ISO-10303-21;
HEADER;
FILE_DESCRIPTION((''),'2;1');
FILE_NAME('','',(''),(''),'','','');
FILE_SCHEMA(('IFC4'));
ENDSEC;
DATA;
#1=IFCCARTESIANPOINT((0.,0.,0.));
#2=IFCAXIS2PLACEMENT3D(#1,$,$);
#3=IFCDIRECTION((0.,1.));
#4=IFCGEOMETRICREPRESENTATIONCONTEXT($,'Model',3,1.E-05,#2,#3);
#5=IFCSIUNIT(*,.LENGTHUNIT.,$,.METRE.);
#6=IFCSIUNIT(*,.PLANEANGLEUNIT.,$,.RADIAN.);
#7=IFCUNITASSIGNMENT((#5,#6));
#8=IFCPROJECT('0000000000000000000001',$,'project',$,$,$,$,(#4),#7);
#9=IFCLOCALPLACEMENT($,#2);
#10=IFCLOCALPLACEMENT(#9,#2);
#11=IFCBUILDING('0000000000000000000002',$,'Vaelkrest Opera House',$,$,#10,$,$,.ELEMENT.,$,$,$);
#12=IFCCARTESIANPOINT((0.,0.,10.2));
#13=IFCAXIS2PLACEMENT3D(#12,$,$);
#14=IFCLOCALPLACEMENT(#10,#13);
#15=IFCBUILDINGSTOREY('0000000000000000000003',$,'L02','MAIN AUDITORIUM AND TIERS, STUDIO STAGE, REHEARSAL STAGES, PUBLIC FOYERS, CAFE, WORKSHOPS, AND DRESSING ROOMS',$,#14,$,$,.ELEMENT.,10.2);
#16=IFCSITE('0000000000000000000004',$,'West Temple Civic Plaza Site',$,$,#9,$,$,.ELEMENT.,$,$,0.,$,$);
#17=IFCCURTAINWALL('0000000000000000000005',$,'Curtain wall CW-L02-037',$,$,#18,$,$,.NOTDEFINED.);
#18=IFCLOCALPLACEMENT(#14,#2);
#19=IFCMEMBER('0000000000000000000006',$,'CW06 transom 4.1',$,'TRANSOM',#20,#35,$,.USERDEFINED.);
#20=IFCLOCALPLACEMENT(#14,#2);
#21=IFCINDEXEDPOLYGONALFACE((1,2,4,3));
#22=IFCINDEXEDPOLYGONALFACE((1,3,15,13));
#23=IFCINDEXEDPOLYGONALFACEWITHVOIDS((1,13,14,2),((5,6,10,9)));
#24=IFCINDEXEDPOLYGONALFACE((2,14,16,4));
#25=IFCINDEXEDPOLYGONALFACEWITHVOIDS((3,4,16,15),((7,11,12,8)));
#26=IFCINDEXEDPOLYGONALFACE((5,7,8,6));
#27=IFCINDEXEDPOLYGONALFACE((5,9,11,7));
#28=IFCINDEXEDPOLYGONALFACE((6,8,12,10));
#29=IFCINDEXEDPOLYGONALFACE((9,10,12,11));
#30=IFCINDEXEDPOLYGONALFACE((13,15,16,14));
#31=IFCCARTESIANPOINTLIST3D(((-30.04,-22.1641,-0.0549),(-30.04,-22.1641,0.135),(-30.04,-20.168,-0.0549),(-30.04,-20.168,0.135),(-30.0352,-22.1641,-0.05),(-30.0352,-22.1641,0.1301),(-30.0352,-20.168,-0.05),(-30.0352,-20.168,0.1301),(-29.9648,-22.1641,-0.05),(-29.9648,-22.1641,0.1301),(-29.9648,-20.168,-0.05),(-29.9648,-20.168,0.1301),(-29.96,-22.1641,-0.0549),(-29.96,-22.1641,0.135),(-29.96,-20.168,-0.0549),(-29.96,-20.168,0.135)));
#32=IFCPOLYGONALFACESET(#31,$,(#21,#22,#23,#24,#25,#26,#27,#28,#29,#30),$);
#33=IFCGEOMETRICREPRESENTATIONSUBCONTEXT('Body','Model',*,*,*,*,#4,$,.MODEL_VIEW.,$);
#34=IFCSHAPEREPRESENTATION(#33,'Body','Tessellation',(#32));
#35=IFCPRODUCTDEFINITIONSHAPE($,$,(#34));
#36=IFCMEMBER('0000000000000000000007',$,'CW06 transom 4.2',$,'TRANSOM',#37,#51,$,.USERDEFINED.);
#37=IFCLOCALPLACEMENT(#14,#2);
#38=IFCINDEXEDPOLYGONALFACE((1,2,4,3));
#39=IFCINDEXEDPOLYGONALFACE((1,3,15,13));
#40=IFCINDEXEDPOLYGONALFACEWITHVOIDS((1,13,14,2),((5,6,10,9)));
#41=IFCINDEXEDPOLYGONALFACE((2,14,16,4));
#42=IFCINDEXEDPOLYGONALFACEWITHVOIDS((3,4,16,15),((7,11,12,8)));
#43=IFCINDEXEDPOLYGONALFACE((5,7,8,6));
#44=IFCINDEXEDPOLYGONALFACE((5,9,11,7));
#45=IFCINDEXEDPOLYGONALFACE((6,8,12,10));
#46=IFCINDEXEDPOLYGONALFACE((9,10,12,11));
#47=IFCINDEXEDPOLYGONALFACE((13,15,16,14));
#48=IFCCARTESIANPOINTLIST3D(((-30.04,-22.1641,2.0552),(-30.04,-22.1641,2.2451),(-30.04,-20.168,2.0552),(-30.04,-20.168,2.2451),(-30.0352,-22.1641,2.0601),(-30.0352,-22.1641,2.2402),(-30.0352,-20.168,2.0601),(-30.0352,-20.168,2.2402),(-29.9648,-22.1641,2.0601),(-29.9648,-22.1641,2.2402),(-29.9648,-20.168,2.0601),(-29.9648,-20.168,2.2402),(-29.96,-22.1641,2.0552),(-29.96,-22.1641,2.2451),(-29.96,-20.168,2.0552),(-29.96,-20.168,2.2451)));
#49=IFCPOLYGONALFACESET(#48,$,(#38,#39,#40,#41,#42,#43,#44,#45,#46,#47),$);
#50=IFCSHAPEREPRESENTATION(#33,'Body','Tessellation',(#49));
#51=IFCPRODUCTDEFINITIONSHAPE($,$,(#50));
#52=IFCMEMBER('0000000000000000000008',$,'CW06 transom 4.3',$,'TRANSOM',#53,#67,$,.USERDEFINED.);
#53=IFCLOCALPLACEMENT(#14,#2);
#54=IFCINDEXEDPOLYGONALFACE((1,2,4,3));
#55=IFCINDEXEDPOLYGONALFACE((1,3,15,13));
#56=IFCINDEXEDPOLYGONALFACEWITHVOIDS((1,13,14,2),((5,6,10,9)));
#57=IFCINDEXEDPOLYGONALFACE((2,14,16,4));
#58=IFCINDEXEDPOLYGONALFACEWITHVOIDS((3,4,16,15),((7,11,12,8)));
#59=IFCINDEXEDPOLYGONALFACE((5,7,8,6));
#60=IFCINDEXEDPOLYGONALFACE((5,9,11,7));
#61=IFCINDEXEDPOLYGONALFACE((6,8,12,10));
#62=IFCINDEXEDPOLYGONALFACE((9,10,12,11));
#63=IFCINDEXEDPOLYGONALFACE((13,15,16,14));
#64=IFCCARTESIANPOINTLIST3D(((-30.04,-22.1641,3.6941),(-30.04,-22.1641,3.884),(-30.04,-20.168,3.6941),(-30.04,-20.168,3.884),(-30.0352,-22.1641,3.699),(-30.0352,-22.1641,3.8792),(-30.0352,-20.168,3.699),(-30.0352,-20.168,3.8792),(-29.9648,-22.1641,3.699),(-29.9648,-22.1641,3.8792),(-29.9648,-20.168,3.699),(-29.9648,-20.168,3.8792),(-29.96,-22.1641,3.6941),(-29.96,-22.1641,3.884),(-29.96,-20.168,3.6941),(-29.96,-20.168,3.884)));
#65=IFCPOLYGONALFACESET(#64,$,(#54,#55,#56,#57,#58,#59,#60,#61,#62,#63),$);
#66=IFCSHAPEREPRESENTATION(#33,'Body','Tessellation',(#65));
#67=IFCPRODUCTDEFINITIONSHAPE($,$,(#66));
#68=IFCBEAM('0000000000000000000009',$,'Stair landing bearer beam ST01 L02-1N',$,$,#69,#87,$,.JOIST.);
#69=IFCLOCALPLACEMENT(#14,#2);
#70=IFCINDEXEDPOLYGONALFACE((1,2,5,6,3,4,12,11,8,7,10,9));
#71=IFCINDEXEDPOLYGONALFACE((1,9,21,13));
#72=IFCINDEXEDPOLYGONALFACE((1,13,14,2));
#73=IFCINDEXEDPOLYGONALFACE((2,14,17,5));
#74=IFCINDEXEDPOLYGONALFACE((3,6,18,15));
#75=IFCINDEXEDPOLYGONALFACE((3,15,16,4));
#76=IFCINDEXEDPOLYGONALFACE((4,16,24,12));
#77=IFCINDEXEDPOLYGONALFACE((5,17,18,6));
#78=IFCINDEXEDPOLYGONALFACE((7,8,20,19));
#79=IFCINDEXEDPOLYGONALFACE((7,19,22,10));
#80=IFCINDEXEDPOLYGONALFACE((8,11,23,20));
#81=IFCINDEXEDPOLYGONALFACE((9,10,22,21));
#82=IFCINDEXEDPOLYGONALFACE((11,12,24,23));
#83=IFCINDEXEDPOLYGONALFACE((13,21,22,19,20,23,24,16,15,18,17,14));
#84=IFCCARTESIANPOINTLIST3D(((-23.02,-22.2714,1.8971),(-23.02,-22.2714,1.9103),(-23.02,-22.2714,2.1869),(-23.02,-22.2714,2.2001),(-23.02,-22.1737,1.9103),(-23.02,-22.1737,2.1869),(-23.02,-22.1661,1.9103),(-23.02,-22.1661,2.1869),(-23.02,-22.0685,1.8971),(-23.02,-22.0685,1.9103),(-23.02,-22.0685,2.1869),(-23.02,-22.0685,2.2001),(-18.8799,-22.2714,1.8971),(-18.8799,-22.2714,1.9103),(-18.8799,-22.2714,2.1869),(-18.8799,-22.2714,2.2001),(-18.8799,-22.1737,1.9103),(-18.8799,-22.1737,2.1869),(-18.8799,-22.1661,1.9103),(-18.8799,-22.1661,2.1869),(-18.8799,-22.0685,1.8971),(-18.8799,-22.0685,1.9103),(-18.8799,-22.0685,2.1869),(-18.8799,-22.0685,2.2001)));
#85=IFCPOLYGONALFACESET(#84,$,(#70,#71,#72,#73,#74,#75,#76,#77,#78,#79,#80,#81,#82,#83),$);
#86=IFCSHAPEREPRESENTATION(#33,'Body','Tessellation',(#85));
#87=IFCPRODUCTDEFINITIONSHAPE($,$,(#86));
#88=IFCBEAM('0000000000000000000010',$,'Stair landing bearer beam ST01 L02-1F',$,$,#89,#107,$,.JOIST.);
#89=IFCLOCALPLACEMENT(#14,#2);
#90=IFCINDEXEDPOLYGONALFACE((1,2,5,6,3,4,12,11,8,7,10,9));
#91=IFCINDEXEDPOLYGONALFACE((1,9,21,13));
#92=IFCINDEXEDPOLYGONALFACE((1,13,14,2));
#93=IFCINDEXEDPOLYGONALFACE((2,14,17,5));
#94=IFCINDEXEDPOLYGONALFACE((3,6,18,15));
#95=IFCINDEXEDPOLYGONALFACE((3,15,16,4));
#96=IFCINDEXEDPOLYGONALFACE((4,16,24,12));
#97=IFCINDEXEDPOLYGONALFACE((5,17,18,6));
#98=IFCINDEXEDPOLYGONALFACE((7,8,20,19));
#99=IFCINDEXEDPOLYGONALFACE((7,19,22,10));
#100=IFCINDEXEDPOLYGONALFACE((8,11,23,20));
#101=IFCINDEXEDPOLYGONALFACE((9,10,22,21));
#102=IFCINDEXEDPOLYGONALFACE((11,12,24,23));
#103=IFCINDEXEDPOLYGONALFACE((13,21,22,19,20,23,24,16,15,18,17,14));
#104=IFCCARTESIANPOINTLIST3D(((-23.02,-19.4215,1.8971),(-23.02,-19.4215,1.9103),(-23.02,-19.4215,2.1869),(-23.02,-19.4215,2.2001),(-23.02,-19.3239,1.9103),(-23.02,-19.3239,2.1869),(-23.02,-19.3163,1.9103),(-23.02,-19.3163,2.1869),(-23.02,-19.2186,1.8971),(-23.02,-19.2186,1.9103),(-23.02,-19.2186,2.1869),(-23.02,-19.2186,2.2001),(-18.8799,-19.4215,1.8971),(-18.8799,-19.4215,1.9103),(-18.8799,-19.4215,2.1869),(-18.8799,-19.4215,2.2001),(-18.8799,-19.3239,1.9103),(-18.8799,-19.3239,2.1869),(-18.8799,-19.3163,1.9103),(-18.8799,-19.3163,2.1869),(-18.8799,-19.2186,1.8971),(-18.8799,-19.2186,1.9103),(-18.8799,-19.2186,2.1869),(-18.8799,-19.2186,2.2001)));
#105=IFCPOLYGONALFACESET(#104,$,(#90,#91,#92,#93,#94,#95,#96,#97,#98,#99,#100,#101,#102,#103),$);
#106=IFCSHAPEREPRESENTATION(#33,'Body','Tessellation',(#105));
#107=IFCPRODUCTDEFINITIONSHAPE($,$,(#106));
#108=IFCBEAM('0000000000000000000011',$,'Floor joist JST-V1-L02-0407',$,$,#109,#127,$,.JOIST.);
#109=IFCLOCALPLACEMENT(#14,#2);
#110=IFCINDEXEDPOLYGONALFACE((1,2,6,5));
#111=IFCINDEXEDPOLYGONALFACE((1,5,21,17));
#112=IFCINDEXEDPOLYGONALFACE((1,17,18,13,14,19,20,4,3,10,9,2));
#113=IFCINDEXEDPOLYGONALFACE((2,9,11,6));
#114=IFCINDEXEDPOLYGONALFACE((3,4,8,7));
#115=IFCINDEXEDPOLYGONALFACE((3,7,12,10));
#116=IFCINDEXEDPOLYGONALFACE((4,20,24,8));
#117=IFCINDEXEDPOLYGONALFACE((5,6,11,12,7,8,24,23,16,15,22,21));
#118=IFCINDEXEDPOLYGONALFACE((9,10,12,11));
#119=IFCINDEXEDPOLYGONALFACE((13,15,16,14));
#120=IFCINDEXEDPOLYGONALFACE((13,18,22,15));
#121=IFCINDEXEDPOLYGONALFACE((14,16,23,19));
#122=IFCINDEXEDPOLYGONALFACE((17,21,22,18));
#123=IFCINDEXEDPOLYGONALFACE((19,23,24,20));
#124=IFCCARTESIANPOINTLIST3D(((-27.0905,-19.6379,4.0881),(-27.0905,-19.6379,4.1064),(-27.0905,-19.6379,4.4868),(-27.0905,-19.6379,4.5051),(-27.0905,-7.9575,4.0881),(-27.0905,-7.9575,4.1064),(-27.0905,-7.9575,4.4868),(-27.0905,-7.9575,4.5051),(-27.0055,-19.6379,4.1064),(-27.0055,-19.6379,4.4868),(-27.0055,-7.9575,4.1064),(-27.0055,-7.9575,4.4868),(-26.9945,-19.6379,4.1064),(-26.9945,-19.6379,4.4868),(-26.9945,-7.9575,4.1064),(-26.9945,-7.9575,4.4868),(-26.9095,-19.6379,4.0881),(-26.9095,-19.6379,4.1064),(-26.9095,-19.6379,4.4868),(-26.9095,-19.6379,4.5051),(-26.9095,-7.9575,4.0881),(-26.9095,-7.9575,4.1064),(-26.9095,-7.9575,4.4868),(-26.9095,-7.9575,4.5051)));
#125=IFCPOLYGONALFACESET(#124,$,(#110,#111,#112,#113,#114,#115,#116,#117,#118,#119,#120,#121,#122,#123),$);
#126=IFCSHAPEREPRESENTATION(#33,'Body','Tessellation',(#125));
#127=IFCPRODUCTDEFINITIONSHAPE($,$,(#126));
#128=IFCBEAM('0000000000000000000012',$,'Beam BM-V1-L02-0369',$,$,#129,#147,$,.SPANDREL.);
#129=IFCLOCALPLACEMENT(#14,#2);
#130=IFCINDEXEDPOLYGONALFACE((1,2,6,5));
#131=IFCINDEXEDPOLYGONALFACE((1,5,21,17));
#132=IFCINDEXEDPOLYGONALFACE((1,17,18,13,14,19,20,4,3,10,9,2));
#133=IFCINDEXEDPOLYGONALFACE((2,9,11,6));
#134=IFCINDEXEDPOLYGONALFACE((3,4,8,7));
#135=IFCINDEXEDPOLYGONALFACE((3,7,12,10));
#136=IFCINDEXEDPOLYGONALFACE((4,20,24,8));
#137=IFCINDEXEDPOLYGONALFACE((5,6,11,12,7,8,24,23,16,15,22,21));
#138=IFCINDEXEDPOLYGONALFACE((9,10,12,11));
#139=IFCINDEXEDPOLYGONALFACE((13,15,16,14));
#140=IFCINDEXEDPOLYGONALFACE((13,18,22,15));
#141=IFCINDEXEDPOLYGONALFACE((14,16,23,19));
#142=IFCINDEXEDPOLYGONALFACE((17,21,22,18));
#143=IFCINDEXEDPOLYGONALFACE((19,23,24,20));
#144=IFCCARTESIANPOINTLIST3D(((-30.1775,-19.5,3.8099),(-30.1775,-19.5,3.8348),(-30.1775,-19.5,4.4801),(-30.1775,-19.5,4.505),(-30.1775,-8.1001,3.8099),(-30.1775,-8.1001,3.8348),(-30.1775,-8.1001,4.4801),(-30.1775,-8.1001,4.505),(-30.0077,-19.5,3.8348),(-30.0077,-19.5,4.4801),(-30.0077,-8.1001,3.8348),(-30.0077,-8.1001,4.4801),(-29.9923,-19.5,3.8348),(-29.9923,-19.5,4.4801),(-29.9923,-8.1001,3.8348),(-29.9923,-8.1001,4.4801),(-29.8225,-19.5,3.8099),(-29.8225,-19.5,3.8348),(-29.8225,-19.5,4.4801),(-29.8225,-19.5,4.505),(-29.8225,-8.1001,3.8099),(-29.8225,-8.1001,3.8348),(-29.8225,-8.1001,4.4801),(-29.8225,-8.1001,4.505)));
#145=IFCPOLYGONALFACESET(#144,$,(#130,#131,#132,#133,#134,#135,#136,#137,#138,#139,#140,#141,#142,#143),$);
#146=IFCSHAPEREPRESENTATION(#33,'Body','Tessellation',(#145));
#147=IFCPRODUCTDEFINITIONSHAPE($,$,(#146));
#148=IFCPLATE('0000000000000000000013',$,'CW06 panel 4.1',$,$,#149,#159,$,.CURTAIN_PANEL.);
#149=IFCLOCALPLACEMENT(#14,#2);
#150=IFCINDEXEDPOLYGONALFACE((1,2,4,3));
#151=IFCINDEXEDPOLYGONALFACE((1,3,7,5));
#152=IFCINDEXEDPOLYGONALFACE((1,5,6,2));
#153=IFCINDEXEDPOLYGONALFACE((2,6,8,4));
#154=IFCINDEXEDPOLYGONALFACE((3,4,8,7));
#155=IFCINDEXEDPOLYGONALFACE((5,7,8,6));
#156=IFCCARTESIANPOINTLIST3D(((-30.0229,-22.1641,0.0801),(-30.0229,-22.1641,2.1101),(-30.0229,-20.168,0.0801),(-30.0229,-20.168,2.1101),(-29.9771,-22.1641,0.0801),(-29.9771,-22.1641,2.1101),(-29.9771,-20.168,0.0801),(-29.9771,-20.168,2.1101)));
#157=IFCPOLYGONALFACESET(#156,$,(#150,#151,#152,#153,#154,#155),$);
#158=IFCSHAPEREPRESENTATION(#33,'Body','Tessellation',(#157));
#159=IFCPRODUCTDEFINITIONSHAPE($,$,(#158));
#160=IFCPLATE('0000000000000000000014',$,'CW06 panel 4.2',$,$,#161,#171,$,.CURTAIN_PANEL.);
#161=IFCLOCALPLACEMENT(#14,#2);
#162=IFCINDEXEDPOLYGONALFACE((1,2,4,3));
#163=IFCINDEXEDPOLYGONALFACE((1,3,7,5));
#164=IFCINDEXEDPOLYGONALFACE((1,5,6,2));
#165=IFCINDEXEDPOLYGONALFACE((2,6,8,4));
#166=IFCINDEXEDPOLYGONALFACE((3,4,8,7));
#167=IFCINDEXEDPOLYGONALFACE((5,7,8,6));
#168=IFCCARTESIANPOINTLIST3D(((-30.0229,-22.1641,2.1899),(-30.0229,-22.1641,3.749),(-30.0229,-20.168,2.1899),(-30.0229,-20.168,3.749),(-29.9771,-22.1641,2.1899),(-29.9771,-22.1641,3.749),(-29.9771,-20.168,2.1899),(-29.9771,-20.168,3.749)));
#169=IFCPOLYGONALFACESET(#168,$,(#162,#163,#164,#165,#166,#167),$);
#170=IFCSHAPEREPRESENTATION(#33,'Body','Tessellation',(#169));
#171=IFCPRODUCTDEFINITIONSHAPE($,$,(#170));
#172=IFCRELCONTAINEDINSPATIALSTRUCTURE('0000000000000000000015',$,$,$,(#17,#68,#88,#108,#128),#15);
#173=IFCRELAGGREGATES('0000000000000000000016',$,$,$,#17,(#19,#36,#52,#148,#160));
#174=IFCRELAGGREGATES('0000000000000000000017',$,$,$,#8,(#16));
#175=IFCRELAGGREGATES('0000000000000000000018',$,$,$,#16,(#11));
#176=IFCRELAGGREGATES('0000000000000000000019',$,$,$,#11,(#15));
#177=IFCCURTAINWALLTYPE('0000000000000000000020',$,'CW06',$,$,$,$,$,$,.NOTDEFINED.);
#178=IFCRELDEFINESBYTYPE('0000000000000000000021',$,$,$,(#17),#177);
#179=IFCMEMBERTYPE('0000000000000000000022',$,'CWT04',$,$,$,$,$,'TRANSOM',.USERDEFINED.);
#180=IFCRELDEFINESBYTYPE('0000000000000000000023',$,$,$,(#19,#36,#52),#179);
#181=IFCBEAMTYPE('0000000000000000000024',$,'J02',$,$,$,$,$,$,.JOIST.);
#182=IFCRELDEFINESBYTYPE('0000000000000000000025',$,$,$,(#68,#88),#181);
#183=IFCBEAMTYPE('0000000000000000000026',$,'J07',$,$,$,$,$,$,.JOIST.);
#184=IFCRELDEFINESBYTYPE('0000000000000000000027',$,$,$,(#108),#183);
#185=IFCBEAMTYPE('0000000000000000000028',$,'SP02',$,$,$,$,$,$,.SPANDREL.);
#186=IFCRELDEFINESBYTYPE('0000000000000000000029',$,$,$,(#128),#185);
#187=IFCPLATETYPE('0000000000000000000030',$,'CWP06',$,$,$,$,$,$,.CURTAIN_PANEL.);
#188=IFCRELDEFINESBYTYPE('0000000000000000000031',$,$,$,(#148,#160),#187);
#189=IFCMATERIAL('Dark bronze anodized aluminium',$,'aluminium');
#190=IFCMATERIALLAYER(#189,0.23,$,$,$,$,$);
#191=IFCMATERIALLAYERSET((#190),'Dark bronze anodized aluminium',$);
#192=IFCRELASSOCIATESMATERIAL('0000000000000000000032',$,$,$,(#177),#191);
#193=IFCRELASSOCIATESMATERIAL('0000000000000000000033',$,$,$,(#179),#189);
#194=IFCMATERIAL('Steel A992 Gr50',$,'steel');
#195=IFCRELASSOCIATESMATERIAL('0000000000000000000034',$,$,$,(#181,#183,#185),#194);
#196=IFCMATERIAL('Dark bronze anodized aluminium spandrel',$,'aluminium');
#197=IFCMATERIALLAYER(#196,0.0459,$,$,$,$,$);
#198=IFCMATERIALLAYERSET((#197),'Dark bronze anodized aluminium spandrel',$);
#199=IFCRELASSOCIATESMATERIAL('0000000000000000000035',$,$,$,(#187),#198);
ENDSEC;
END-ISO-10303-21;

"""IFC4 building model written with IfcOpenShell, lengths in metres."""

from ifc_helpers import new_model, si_unit, direction, frame, origin, origin_2d, place, context, subcontext, project, spatial, rectangle, hollow_rectangle, i_section, extrude, material, layer, layer_set, material_profile, profile_set, type_object, element, aggregate, save


model = new_model("IFC4")

# Units and contexts
model_context = context("Model", 3, precision=1e-05, world=origin(), true_north=direction((0.0, 1.0)))
body_context = subcontext(model_context, "Body", "Model", "MODEL_VIEW")
ifc_project = project(units=[si_unit("LENGTHUNIT", "METRE"), si_unit("PLANEANGLEUNIT", "RADIAN")], contexts=[model_context])

# Site, building, storey
site_placement = place(None, origin())
site = spatial("IfcSite", under=ifc_project, at=site_placement, Name="West Temple Civic Plaza Site", CompositionType="ELEMENT", RefElevation=0.0)
building_placement = place(site_placement, origin())
building = spatial("IfcBuilding", under=site, at=building_placement, Name="Vaelkrest Opera House", CompositionType="ELEMENT")
storey_placement = place(building_placement, frame((0.0, 0.0, 10.2)))
storey = spatial("IfcBuildingStorey", under=building, at=storey_placement, Name="L02", Description="MAIN AUDITORIUM AND TIERS, STUDIO STAGE, REHEARSAL STAGES, PUBLIC FOYERS, CAFE, WORKSHOPS, AND DRESSING ROOMS", CompositionType="ELEMENT", Elevation=10.2)

# Shared definitions
ifc_material_1 = material(Name="Steel A992 Gr50", Category="steel")

# Curtain wall, members
ifc_material_2 = material(Name="Dark bronze anodized aluminium", Category="aluminium")
ifc_layer_1 = layer(ifc_material_2, 0.23)
ifc_layer_set_1 = layer_set([ifc_layer_1], Name="Dark bronze anodized aluminium")
curtain_wall_type = type_object("IfcCurtainWallType", Name="CW06", PredefinedType="NOTDEFINED", material=ifc_layer_set_1)
curtain_wall_placement = place(storey_placement, origin())
curtain_wall = element("IfcCurtainWall", 1, at=curtain_wall_placement, inside=storey, type_object=curtain_wall_type, Name="Curtain wall CW-L02-037", PredefinedType="NOTDEFINED")
ifc_material_profile_1 = material_profile(ifc_material_2, hollow_rectangle(XDim=0.0801, YDim=0.1899, WallThickness=0.0049, at=origin_2d()), Name="CWT80X190")
ifc_profile_set_1 = profile_set([ifc_material_profile_1], Name="Dark bronze anodized aluminium")
member_type_1 = type_object("IfcMemberType", Name="CWT04", ElementType="TRANSOM", PredefinedType="USERDEFINED", material=ifc_profile_set_1)
member_1_placement = place(storey_placement, frame((-30.0, -22.1641, 0.04), z_axis=(0.0, 1.0, 0.0), x_axis=(-1.0, 0.0, 0.0)))
member_1 = element("IfcMember", 2, at=member_1_placement, type_object=member_type_1, Name="CW06 transom 4.1", ObjectType="TRANSOM", PredefinedType="USERDEFINED", context=body_context, shape_type="SweptSolid", body=[
    extrude(hollow_rectangle(XDim=0.0801, YDim=0.1899, WallThickness=0.0049, at=origin_2d()), origin(), (0.0, 0.0, 1.0), 1.9961),
])
member_2_placement = place(storey_placement, frame((-30.0, -22.1641, 2.1501), z_axis=(0.0, 1.0, 0.0), x_axis=(-1.0, 0.0, 0.0)))
member_2 = element("IfcMember", 3, at=member_2_placement, type_object=member_type_1, Name="CW06 transom 4.2", ObjectType="TRANSOM", PredefinedType="USERDEFINED", context=body_context, shape_type="SweptSolid", body=[
    extrude(hollow_rectangle(XDim=0.0801, YDim=0.1899, WallThickness=0.0049, at=origin_2d()), origin(), (0.0, 0.0, 1.0), 1.9961),
])
member_3_placement = place(storey_placement, frame((-30.0, -22.1641, 3.7891), z_axis=(0.0, 1.0, 0.0), x_axis=(-1.0, 0.0, 0.0)))
member_3 = element("IfcMember", 4, at=member_3_placement, type_object=member_type_1, Name="CW06 transom 4.3", ObjectType="TRANSOM", PredefinedType="USERDEFINED", context=body_context, shape_type="SweptSolid", body=[
    extrude(hollow_rectangle(XDim=0.0801, YDim=0.1899, WallThickness=0.0049, at=origin_2d()), origin(), (0.0, 0.0, 1.0), 1.9961),
])

# Beams
ifc_material_profile_2 = material_profile(ifc_material_1, i_section(OverallWidth=0.2029, OverallDepth=0.303, WebThickness=0.0076, FlangeThickness=0.0132, at=origin_2d()), Name="W12X40")
ifc_profile_set_2 = profile_set([ifc_material_profile_2], Name="Steel A992 Gr50")
beam_type_1 = type_object("IfcBeamType", Name="J02", PredefinedType="JOIST", material=ifc_profile_set_2)
for number, where, z_axis, x_axis, name in (
    (5, (-23.02, -22.1699, 2.0486), (1.0, 0.0, 0.0), (0.0, 1.0, 0.0), "Stair landing bearer beam ST01 L02-1N"),
    (6, (-23.02, -19.3201, 2.0486), (1.0, 0.0, 0.0), (0.0, 1.0, 0.0), "Stair landing bearer beam ST01 L02-1F"),
):
    element("IfcBeam", number, at=place(storey_placement, frame(where, z_axis=z_axis, x_axis=x_axis)), inside=storey, type_object=beam_type_1, Name=name, PredefinedType="JOIST", context=body_context, shape_type="SweptSolid", body=[
        extrude(i_section(OverallWidth=0.2029, OverallDepth=0.303, WebThickness=0.0076, FlangeThickness=0.0132, at=origin_2d()), origin(), (0.0, 0.0, 1.0), 4.1401),
    ])
ifc_material_profile_3 = material_profile(ifc_material_1, i_section(OverallWidth=0.1809, OverallDepth=0.417, WebThickness=0.011, FlangeThickness=0.0183, at=origin_2d()), Name="W16X57")
ifc_profile_set_3 = profile_set([ifc_material_profile_3], Name="Steel A992 Gr50")
beam_type_2 = type_object("IfcBeamType", Name="J07", PredefinedType="JOIST", material=ifc_profile_set_3)
beam_1_placement = place(storey_placement, frame((-27.0, -19.6379, 4.2966), z_axis=(0.0, 1.0, 0.0), x_axis=(-1.0, 0.0, 0.0)))
element("IfcBeam", 7, at=beam_1_placement, inside=storey, type_object=beam_type_2, Name="Floor joist JST-V1-L02-0407", PredefinedType="JOIST", context=body_context, shape_type="SweptSolid", body=[
    extrude(i_section(OverallWidth=0.1809, OverallDepth=0.417, WebThickness=0.011, FlangeThickness=0.0183, at=origin_2d()), origin(), (0.0, 0.0, 1.0), 11.6804),
])
ifc_material_profile_4 = material_profile(ifc_material_1, i_section(OverallWidth=0.355, OverallDepth=0.6951, WebThickness=0.0154, FlangeThickness=0.0249, at=origin_2d()), Name="W27X146")
ifc_profile_set_4 = profile_set([ifc_material_profile_4], Name="Steel A992 Gr50")
beam_type_3 = type_object("IfcBeamType", Name="SP02", PredefinedType="SPANDREL", material=ifc_profile_set_4)
beam_2_placement = place(storey_placement, frame((-30.0, -19.5, 4.1575), z_axis=(0.0, 1.0, 0.0), x_axis=(-1.0, 0.0, 0.0)))
element("IfcBeam", 8, at=beam_2_placement, inside=storey, type_object=beam_type_3, Name="Beam BM-V1-L02-0369", PredefinedType="SPANDREL", context=body_context, shape_type="SweptSolid", body=[
    extrude(i_section(OverallWidth=0.355, OverallDepth=0.6951, WebThickness=0.0154, FlangeThickness=0.0249, at=origin_2d()), origin(), (0.0, 0.0, 1.0), 11.3999),
])

# Plates
ifc_material_3 = material(Name="Dark bronze anodized aluminium spandrel", Category="aluminium")
ifc_layer_2 = layer(ifc_material_3, 0.0459)
ifc_layer_set_2 = layer_set([ifc_layer_2], Name="Dark bronze anodized aluminium spandrel")
plate_type = type_object("IfcPlateType", Name="CWP06", PredefinedType="CURTAIN_PANEL", material=ifc_layer_set_2)
plate_1_placement = place(storey_placement, frame((-30.0, -21.166, 0.0801), z_axis=(0.0, 0.0, 1.0), x_axis=(0.0, 1.0, 0.0)))
plate_1 = element("IfcPlate", 9, at=plate_1_placement, type_object=plate_type, Name="CW06 panel 4.1", PredefinedType="CURTAIN_PANEL", context=body_context, shape_type="SweptSolid", body=[
    extrude(rectangle(XDim=1.9961, YDim=0.0459, at=origin_2d()), origin(), (0.0, 0.0, 1.0), 2.03),
])
plate_2_placement = place(storey_placement, frame((-30.0, -21.166, 2.1899), z_axis=(0.0, 0.0, 1.0), x_axis=(0.0, 1.0, 0.0)))
plate_2 = element("IfcPlate", 10, at=plate_2_placement, type_object=plate_type, Name="CW06 panel 4.2", PredefinedType="CURTAIN_PANEL", context=body_context, shape_type="SweptSolid", body=[
    extrude(rectangle(XDim=1.9961, YDim=0.0459, at=origin_2d()), origin(), (0.0, 0.0, 1.0), 1.5591),
])
aggregate(curtain_wall, [member_1, member_2, member_3, plate_1, plate_2])

save(model, "model.ifc")
